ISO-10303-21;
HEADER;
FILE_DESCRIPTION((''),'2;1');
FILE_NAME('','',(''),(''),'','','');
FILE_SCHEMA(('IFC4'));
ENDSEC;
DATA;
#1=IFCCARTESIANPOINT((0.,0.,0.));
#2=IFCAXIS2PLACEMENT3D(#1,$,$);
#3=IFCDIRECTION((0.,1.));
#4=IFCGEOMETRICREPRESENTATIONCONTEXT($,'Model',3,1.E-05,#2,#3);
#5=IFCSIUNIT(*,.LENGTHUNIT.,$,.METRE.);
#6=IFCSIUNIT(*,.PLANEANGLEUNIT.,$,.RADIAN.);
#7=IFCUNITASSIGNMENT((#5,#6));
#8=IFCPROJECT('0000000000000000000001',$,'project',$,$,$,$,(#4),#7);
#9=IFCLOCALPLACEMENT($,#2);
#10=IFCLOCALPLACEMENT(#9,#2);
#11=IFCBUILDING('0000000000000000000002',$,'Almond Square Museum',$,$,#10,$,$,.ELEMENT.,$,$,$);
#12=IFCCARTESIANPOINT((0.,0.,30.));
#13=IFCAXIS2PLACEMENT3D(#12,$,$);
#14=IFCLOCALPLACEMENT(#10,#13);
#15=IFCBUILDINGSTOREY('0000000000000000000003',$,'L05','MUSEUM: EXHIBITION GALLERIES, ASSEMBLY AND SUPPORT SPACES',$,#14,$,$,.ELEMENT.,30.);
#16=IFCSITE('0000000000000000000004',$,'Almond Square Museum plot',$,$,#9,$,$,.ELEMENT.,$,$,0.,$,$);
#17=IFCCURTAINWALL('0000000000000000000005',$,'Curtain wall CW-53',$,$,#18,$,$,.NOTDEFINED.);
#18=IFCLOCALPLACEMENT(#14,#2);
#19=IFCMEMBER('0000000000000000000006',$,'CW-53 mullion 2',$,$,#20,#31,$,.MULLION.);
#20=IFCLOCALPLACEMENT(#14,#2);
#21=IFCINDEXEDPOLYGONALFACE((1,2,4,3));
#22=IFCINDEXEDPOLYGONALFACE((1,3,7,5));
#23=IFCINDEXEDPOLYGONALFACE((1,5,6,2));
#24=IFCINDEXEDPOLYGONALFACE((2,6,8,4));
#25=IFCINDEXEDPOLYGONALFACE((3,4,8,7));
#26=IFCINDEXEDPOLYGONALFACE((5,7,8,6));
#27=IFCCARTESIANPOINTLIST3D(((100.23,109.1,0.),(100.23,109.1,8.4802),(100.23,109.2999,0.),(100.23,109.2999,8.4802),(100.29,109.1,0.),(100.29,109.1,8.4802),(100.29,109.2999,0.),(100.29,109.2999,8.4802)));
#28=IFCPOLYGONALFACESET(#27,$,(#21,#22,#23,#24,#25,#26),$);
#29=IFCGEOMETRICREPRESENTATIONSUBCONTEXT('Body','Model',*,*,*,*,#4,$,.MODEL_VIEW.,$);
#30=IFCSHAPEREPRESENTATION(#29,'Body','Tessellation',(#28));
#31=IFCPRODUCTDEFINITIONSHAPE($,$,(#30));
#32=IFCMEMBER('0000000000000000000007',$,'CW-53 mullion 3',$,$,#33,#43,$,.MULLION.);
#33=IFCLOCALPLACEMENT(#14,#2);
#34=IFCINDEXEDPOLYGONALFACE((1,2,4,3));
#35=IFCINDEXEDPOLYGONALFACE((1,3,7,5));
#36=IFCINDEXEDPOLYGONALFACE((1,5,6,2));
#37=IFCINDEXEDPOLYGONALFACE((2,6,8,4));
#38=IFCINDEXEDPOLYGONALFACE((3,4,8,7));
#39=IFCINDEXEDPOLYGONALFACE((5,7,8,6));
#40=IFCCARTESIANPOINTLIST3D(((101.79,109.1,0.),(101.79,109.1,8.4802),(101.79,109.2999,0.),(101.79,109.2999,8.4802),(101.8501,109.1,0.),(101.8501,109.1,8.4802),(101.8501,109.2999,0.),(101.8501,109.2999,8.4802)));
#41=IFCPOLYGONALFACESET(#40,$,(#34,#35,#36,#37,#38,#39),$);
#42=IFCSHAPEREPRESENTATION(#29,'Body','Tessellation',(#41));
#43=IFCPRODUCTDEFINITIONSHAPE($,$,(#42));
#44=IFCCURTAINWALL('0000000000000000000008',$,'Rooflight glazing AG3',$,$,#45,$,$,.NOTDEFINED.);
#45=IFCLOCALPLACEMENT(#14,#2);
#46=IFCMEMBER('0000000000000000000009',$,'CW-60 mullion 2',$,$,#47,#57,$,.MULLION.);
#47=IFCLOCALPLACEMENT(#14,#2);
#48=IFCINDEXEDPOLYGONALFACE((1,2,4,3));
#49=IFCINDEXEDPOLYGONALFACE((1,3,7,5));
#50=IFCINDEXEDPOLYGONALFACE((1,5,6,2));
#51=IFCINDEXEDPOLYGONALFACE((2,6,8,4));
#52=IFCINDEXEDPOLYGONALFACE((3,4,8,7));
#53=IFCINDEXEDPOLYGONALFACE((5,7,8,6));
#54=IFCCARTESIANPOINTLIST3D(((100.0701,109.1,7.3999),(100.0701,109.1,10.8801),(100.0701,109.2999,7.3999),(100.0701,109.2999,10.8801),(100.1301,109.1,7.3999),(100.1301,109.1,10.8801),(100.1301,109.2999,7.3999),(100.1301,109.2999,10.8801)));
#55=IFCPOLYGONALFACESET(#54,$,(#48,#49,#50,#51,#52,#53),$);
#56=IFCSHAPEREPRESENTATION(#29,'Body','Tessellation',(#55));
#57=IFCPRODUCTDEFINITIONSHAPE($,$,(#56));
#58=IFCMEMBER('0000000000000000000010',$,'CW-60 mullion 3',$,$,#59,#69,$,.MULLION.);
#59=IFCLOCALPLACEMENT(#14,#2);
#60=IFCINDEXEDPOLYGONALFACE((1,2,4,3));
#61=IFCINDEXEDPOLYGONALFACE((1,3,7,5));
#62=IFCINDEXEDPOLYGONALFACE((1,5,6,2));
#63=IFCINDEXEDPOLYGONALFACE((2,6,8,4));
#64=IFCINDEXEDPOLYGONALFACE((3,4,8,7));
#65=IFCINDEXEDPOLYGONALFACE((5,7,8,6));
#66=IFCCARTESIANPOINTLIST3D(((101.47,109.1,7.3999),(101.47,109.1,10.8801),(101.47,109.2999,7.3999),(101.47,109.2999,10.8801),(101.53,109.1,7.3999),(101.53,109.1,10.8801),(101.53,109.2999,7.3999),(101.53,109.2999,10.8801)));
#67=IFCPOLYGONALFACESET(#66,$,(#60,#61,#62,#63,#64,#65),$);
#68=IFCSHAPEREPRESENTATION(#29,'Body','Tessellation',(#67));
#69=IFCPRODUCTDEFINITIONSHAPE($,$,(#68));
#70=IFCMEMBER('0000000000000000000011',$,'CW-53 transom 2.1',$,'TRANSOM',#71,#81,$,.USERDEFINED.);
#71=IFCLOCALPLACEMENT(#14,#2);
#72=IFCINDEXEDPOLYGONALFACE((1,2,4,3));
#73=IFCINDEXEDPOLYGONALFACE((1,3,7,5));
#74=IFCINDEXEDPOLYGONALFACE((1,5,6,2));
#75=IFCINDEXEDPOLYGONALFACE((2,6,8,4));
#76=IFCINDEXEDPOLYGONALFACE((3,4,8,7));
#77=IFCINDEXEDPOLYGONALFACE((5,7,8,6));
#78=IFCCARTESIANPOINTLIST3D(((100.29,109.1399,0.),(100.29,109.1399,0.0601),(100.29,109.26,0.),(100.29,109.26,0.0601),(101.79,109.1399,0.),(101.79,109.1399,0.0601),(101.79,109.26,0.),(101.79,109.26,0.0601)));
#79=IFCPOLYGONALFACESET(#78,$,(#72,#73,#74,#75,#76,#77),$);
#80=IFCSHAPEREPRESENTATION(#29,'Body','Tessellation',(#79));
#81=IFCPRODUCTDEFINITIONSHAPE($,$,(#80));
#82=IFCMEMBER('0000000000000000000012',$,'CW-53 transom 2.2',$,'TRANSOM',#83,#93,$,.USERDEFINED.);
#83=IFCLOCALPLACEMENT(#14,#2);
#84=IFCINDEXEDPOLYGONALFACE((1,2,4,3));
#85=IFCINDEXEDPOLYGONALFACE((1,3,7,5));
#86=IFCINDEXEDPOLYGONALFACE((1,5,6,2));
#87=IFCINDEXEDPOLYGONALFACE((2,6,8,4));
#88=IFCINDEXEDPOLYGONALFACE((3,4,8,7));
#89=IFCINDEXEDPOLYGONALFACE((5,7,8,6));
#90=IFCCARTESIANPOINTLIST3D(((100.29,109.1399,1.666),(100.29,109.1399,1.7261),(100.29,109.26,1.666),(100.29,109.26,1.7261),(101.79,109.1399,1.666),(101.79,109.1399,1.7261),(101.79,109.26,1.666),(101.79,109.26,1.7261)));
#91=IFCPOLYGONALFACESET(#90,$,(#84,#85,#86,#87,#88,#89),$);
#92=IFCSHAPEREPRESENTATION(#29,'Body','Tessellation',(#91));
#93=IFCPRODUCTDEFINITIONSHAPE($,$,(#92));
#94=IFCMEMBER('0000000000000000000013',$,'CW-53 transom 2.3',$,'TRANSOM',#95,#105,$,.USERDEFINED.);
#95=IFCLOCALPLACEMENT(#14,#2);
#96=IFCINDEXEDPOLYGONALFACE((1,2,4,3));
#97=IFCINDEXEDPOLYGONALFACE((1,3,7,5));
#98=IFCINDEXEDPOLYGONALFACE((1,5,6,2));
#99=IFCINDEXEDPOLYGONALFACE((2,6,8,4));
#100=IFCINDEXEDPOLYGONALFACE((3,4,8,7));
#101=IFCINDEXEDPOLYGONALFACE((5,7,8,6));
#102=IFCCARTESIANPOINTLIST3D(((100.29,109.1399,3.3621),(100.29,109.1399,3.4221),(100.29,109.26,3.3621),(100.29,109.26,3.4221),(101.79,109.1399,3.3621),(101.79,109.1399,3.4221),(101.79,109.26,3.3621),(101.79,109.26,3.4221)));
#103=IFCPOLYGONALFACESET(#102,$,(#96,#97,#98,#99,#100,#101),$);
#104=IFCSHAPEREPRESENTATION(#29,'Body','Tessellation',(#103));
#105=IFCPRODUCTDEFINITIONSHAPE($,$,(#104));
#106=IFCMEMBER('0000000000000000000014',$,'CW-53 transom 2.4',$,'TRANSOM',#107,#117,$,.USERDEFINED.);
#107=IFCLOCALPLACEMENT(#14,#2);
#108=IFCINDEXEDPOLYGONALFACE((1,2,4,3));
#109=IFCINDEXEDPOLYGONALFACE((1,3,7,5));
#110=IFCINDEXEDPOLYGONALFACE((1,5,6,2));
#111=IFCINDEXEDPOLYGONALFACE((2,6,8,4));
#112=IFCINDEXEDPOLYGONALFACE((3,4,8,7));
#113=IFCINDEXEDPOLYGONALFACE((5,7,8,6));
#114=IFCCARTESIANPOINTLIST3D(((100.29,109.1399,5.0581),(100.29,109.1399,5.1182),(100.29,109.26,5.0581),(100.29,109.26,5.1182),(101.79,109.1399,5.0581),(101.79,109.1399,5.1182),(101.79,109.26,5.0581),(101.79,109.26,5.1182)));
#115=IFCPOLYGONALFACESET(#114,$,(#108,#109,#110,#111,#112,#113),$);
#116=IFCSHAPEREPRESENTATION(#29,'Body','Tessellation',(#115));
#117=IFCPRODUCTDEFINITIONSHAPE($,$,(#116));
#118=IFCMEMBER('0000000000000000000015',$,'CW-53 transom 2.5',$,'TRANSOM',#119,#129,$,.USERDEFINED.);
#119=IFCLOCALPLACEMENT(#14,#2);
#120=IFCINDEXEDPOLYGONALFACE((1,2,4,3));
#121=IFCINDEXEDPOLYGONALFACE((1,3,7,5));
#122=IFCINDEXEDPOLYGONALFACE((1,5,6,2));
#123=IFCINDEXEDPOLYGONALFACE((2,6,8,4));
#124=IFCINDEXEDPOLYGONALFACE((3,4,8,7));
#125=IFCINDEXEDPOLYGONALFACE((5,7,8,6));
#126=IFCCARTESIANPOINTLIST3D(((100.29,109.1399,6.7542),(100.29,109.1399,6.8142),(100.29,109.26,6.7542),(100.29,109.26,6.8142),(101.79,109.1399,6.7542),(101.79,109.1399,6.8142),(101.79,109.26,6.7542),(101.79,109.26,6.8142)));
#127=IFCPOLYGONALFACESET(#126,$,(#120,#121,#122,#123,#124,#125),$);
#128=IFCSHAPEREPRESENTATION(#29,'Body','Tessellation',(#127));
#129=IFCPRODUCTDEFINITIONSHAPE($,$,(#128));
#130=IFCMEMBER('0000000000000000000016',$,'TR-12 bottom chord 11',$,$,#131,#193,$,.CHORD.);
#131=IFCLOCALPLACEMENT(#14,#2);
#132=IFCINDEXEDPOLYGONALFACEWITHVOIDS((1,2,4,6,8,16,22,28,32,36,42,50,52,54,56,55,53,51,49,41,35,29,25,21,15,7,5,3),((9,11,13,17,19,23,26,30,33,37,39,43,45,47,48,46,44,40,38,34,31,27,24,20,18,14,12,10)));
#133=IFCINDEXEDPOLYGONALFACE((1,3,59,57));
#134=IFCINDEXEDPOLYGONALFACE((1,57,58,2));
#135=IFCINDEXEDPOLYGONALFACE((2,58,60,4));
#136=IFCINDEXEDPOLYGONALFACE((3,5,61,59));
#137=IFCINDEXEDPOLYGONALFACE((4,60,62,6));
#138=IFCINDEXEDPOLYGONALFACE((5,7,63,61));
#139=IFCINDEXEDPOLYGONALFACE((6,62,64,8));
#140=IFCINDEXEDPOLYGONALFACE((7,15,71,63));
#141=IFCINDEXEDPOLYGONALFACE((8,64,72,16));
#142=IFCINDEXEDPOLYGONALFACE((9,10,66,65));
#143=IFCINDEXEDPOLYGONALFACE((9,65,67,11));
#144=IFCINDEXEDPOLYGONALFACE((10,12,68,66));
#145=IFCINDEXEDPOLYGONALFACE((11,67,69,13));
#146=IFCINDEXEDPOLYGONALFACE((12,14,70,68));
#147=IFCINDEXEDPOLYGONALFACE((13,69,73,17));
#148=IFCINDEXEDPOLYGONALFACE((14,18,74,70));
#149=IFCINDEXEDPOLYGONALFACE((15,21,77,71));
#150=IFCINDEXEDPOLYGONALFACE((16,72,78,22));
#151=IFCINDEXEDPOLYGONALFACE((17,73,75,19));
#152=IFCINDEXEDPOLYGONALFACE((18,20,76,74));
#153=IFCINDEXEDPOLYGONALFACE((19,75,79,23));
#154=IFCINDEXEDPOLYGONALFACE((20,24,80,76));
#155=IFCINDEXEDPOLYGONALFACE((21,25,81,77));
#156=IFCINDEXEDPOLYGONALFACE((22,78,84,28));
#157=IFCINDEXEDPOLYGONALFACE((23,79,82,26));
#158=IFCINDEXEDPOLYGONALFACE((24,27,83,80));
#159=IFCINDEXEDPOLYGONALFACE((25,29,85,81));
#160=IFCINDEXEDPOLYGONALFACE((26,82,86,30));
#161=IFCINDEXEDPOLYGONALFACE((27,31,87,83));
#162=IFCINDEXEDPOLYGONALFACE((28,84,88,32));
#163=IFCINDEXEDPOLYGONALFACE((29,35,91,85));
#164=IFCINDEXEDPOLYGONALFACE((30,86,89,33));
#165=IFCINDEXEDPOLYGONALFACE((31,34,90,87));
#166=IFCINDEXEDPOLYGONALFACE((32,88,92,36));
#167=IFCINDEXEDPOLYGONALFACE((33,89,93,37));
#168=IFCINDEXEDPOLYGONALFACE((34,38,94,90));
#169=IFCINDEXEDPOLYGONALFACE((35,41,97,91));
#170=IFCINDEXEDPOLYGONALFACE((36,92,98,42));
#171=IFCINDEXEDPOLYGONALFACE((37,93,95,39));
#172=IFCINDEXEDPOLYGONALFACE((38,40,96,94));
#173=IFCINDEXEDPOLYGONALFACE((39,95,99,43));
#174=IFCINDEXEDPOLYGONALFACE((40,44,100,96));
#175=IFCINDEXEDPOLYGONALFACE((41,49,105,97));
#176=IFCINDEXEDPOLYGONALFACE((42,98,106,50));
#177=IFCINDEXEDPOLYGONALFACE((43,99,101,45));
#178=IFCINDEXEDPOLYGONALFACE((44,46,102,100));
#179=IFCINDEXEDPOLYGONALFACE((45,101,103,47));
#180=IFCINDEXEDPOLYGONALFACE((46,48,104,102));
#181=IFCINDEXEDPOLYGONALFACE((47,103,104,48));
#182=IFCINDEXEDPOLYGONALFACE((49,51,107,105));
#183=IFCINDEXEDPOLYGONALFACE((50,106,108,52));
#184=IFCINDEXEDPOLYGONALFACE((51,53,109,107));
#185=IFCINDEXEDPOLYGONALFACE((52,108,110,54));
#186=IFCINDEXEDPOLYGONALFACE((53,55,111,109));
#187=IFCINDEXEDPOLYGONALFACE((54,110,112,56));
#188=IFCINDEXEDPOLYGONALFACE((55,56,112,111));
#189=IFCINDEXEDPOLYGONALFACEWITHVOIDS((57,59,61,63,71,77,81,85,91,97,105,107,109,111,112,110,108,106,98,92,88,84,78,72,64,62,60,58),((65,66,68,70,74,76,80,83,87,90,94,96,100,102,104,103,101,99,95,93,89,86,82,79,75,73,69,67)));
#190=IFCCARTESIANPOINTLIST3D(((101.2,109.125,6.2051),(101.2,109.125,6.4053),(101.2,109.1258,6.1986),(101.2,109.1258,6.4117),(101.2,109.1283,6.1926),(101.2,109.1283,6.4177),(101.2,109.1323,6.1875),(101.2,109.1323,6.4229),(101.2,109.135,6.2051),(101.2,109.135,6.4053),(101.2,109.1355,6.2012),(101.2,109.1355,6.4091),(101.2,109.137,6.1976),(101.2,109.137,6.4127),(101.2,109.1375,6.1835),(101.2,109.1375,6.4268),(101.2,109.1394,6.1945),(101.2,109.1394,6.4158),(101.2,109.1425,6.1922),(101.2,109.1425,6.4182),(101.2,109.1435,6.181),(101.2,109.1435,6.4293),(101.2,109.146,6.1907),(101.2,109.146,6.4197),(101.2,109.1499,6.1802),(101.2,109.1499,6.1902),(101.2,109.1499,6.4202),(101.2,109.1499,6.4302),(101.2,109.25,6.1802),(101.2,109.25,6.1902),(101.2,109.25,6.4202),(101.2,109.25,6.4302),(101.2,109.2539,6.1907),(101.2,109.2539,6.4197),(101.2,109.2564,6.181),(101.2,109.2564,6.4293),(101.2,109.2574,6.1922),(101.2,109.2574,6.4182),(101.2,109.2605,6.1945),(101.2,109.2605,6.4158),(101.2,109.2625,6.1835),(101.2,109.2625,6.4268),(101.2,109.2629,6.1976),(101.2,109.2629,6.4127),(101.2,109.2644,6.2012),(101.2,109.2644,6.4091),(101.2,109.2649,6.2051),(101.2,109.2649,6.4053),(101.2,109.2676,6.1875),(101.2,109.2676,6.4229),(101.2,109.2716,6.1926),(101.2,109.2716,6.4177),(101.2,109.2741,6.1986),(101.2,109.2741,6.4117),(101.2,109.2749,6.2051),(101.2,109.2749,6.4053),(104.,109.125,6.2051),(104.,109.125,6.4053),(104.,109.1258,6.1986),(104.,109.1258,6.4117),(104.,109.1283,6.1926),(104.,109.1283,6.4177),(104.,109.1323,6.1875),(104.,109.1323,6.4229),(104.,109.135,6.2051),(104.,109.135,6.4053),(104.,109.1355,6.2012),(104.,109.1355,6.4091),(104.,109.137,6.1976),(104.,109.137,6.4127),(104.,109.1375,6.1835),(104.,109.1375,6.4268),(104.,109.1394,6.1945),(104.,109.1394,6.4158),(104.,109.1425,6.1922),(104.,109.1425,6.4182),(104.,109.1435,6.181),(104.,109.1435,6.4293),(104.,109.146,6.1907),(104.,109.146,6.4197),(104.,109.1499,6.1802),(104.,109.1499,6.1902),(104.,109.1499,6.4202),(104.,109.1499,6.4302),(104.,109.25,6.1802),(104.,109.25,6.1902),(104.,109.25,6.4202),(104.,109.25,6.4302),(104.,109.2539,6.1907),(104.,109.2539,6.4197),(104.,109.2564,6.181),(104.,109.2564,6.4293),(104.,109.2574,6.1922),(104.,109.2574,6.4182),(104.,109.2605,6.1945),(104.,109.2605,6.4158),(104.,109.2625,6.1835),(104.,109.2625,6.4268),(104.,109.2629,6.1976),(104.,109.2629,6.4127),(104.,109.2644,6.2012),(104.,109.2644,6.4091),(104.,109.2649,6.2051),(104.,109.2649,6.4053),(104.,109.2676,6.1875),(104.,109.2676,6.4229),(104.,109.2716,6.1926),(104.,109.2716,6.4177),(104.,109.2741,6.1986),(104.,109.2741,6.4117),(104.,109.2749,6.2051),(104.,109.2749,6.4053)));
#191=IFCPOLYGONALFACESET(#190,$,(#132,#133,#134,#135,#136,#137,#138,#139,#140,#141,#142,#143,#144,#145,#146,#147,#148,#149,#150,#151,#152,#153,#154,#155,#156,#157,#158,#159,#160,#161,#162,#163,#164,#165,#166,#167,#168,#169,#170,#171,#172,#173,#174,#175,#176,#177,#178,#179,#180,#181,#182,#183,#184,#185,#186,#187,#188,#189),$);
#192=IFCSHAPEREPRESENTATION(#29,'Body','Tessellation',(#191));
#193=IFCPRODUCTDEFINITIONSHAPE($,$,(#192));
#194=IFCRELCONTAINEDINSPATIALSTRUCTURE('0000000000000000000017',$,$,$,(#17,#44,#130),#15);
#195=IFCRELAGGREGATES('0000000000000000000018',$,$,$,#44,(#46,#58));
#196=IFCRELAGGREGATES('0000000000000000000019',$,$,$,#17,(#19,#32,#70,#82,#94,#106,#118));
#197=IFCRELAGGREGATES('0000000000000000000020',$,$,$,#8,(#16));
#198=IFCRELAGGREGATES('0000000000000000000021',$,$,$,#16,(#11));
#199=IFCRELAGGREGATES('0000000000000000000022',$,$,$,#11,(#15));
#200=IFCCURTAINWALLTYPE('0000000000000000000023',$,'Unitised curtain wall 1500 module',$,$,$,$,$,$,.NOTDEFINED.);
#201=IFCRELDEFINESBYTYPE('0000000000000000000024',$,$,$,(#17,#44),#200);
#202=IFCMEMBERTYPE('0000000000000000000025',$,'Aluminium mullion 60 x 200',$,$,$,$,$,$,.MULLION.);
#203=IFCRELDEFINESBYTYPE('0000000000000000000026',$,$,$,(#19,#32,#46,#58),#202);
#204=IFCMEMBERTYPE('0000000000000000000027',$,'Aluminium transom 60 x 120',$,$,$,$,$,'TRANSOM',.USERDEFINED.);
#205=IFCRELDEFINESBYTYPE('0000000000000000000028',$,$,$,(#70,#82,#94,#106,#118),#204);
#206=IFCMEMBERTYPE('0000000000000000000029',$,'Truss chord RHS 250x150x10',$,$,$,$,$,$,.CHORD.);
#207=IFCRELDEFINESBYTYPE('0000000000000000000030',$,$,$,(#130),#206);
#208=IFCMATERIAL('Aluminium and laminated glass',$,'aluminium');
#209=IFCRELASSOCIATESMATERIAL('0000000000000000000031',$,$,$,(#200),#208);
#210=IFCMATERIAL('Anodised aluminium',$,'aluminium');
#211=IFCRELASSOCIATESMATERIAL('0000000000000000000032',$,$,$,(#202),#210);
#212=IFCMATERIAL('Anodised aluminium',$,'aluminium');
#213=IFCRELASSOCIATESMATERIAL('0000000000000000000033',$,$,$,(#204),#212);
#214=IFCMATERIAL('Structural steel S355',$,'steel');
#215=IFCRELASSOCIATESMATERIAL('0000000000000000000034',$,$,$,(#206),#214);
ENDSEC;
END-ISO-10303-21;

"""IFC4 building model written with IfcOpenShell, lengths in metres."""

from ifc_helpers import new_model, si_unit, direction, frame, origin, origin_2d, place, context, subcontext, project, spatial, rectangle, hollow_rectangle, extrude, material, material_profile, profile_set, type_object, element, aggregate, save


model = new_model("IFC4")

# Units and contexts
model_context = context("Model", 3, precision=1e-05, world=origin(), true_north=direction((0.0, 1.0)))
body_context = subcontext(model_context, "Body", "Model", "MODEL_VIEW")
ifc_project = project(units=[si_unit("LENGTHUNIT", "METRE"), si_unit("PLANEANGLEUNIT", "RADIAN")], contexts=[model_context])

# Site, building, storey
site_placement = place(None, origin())
site = spatial("IfcSite", under=ifc_project, at=site_placement, Name="Almond Square Museum plot", CompositionType="ELEMENT", RefElevation=0.0)
building_placement = place(site_placement, origin())
building = spatial("IfcBuilding", under=site, at=building_placement, Name="Almond Square Museum", CompositionType="ELEMENT")
storey_placement = place(building_placement, frame((0.0, 0.0, 30.0)))
storey = spatial("IfcBuildingStorey", under=building, at=storey_placement, Name="L05", Description="MUSEUM: EXHIBITION GALLERIES, ASSEMBLY AND SUPPORT SPACES", CompositionType="ELEMENT", Elevation=30.0)

# Curtain walls, members
ifc_material_1 = material(Name="Aluminium and laminated glass", Category="aluminium")
curtain_wall_type = type_object("IfcCurtainWallType", Name="Unitised curtain wall 1500 module", PredefinedType="NOTDEFINED", material=ifc_material_1)
curtain_wall_1_placement = place(storey_placement, origin())
curtain_wall_1 = element("IfcCurtainWall", 1, at=curtain_wall_1_placement, inside=storey, type_object=curtain_wall_type, Name="Curtain wall CW-53", PredefinedType="NOTDEFINED")
ifc_material_2 = material(Name="Anodised aluminium", Category="aluminium")
ifc_material_profile_1 = material_profile(ifc_material_2, rectangle(XDim=0.2, YDim=0.0601, at=origin_2d()))
ifc_profile_set_1 = profile_set([ifc_material_profile_1], Name="Anodised aluminium")
member_type_1 = type_object("IfcMemberType", Name="Aluminium mullion 60 x 200", PredefinedType="MULLION", material=ifc_profile_set_1)
member_1_placement = place(storey_placement, frame((100.26, 109.2, 0.0), z_axis=(0.0, 0.0, 1.0), x_axis=(0.0, 1.0, 0.0)))
member_1 = element("IfcMember", 2, at=member_1_placement, type_object=member_type_1, Name="CW-53 mullion 2", PredefinedType="MULLION", context=body_context, shape_type="SweptSolid", body=[
    extrude(rectangle(XDim=0.2, YDim=0.0601, at=origin_2d()), origin(), (0.0, 0.0, 1.0), 8.4802),
])
member_2_placement = place(storey_placement, frame((101.8201, 109.2, 0.0), z_axis=(0.0, 0.0, 1.0), x_axis=(0.0, 1.0, 0.0)))
member_2 = element("IfcMember", 3, at=member_2_placement, type_object=member_type_1, Name="CW-53 mullion 3", PredefinedType="MULLION", context=body_context, shape_type="SweptSolid", body=[
    extrude(rectangle(XDim=0.2, YDim=0.0601, at=origin_2d()), origin(), (0.0, 0.0, 1.0), 8.4802),
])
curtain_wall_2_placement = place(storey_placement, origin())
curtain_wall_2 = element("IfcCurtainWall", 4, at=curtain_wall_2_placement, inside=storey, type_object=curtain_wall_type, Name="Rooflight glazing AG3", PredefinedType="NOTDEFINED")
member_3_placement = place(storey_placement, frame((100.1001, 109.2, 7.3999), z_axis=(0.0, 0.0, 1.0), x_axis=(0.0, 1.0, 0.0)))
member_3 = element("IfcMember", 5, at=member_3_placement, type_object=member_type_1, Name="CW-60 mullion 2", PredefinedType="MULLION", context=body_context, shape_type="SweptSolid", body=[
    extrude(rectangle(XDim=0.2, YDim=0.0601, at=origin_2d()), origin(), (0.0, 0.0, 1.0), 3.4802),
])
member_4_placement = place(storey_placement, frame((101.5, 109.2, 7.3999), z_axis=(0.0, 0.0, 1.0), x_axis=(0.0, 1.0, 0.0)))
member_4 = element("IfcMember", 6, at=member_4_placement, type_object=member_type_1, Name="CW-60 mullion 3", PredefinedType="MULLION", context=body_context, shape_type="SweptSolid", body=[
    extrude(rectangle(XDim=0.2, YDim=0.0601, at=origin_2d()), origin(), (0.0, 0.0, 1.0), 3.4802),
])
aggregate(curtain_wall_2, [member_3, member_4])

# Members
ifc_material_3 = material(Name="Anodised aluminium", Category="aluminium")
ifc_material_profile_2 = material_profile(ifc_material_3, rectangle(XDim=0.1201, YDim=0.0601, at=origin_2d()))
ifc_profile_set_2 = profile_set([ifc_material_profile_2], Name="Anodised aluminium")
member_type_2 = type_object("IfcMemberType", Name="Aluminium transom 60 x 120", ElementType="TRANSOM", PredefinedType="USERDEFINED", material=ifc_profile_set_2)
member_5_placement = place(storey_placement, frame((100.29, 109.2, 0.03), z_axis=(1.0, 0.0, 0.0), x_axis=(0.0, 1.0, 0.0)))
member_5 = element("IfcMember", 7, at=member_5_placement, type_object=member_type_2, Name="CW-53 transom 2.1", ObjectType="TRANSOM", PredefinedType="USERDEFINED", context=body_context, shape_type="SweptSolid", body=[
    extrude(rectangle(XDim=0.1201, YDim=0.0601, at=origin_2d()), origin(), (0.0, 0.0, 1.0), 1.5),
])
member_6_placement = place(storey_placement, frame((100.29, 109.2, 1.696), z_axis=(1.0, 0.0, 0.0), x_axis=(0.0, 1.0, 0.0)))
member_6 = element("IfcMember", 8, at=member_6_placement, type_object=member_type_2, Name="CW-53 transom 2.2", ObjectType="TRANSOM", PredefinedType="USERDEFINED", context=body_context, shape_type="SweptSolid", body=[
    extrude(rectangle(XDim=0.1201, YDim=0.0601, at=origin_2d()), origin(), (0.0, 0.0, 1.0), 1.5),
])
member_7_placement = place(storey_placement, frame((100.29, 109.2, 3.3921), z_axis=(1.0, 0.0, 0.0), x_axis=(0.0, 1.0, 0.0)))
member_7 = element("IfcMember", 9, at=member_7_placement, type_object=member_type_2, Name="CW-53 transom 2.3", ObjectType="TRANSOM", PredefinedType="USERDEFINED", context=body_context, shape_type="SweptSolid", body=[
    extrude(rectangle(XDim=0.1201, YDim=0.0601, at=origin_2d()), origin(), (0.0, 0.0, 1.0), 1.5),
])
member_8_placement = place(storey_placement, frame((100.29, 109.2, 5.0881), z_axis=(1.0, 0.0, 0.0), x_axis=(0.0, 1.0, 0.0)))
member_8 = element("IfcMember", 10, at=member_8_placement, type_object=member_type_2, Name="CW-53 transom 2.4", ObjectType="TRANSOM", PredefinedType="USERDEFINED", context=body_context, shape_type="SweptSolid", body=[
    extrude(rectangle(XDim=0.1201, YDim=0.0601, at=origin_2d()), origin(), (0.0, 0.0, 1.0), 1.5),
])
member_9_placement = place(storey_placement, frame((100.29, 109.2, 6.7842), z_axis=(1.0, 0.0, 0.0), x_axis=(0.0, 1.0, 0.0)))
member_9 = element("IfcMember", 11, at=member_9_placement, type_object=member_type_2, Name="CW-53 transom 2.5", ObjectType="TRANSOM", PredefinedType="USERDEFINED", context=body_context, shape_type="SweptSolid", body=[
    extrude(rectangle(XDim=0.1201, YDim=0.0601, at=origin_2d()), origin(), (0.0, 0.0, 1.0), 1.5),
])

# Member
ifc_material_4 = material(Name="Structural steel S355", Category="steel")
ifc_material_profile_3 = material_profile(ifc_material_4, hollow_rectangle(XDim=0.1499, YDim=0.25, WallThickness=0.01, InnerFilletRadius=0.0149, OuterFilletRadius=0.0249, at=origin_2d()))
ifc_profile_set_3 = profile_set([ifc_material_profile_3], Name="Structural steel S355")
member_type_3 = type_object("IfcMemberType", Name="Truss chord RHS 250x150x10", PredefinedType="CHORD", material=ifc_profile_set_3)
member_10_placement = place(storey_placement, frame((101.2, 109.2, 6.3052), z_axis=(1.0, 0.0, 0.0), x_axis=(0.0, 1.0, 0.0)))
element("IfcMember", 12, at=member_10_placement, inside=storey, type_object=member_type_3, Name="TR-12 bottom chord 11", PredefinedType="CHORD", context=body_context, shape_type="SweptSolid", body=[
    extrude(hollow_rectangle(XDim=0.1499, YDim=0.25, WallThickness=0.01, InnerFilletRadius=0.0149, OuterFilletRadius=0.0249, at=origin_2d()), origin(), (0.0, 0.0, 1.0), 2.8),
])

aggregate(curtain_wall_1, [member_1, member_2, member_5, member_6, member_7, member_8, member_9])

save(model, "model.ifc")
